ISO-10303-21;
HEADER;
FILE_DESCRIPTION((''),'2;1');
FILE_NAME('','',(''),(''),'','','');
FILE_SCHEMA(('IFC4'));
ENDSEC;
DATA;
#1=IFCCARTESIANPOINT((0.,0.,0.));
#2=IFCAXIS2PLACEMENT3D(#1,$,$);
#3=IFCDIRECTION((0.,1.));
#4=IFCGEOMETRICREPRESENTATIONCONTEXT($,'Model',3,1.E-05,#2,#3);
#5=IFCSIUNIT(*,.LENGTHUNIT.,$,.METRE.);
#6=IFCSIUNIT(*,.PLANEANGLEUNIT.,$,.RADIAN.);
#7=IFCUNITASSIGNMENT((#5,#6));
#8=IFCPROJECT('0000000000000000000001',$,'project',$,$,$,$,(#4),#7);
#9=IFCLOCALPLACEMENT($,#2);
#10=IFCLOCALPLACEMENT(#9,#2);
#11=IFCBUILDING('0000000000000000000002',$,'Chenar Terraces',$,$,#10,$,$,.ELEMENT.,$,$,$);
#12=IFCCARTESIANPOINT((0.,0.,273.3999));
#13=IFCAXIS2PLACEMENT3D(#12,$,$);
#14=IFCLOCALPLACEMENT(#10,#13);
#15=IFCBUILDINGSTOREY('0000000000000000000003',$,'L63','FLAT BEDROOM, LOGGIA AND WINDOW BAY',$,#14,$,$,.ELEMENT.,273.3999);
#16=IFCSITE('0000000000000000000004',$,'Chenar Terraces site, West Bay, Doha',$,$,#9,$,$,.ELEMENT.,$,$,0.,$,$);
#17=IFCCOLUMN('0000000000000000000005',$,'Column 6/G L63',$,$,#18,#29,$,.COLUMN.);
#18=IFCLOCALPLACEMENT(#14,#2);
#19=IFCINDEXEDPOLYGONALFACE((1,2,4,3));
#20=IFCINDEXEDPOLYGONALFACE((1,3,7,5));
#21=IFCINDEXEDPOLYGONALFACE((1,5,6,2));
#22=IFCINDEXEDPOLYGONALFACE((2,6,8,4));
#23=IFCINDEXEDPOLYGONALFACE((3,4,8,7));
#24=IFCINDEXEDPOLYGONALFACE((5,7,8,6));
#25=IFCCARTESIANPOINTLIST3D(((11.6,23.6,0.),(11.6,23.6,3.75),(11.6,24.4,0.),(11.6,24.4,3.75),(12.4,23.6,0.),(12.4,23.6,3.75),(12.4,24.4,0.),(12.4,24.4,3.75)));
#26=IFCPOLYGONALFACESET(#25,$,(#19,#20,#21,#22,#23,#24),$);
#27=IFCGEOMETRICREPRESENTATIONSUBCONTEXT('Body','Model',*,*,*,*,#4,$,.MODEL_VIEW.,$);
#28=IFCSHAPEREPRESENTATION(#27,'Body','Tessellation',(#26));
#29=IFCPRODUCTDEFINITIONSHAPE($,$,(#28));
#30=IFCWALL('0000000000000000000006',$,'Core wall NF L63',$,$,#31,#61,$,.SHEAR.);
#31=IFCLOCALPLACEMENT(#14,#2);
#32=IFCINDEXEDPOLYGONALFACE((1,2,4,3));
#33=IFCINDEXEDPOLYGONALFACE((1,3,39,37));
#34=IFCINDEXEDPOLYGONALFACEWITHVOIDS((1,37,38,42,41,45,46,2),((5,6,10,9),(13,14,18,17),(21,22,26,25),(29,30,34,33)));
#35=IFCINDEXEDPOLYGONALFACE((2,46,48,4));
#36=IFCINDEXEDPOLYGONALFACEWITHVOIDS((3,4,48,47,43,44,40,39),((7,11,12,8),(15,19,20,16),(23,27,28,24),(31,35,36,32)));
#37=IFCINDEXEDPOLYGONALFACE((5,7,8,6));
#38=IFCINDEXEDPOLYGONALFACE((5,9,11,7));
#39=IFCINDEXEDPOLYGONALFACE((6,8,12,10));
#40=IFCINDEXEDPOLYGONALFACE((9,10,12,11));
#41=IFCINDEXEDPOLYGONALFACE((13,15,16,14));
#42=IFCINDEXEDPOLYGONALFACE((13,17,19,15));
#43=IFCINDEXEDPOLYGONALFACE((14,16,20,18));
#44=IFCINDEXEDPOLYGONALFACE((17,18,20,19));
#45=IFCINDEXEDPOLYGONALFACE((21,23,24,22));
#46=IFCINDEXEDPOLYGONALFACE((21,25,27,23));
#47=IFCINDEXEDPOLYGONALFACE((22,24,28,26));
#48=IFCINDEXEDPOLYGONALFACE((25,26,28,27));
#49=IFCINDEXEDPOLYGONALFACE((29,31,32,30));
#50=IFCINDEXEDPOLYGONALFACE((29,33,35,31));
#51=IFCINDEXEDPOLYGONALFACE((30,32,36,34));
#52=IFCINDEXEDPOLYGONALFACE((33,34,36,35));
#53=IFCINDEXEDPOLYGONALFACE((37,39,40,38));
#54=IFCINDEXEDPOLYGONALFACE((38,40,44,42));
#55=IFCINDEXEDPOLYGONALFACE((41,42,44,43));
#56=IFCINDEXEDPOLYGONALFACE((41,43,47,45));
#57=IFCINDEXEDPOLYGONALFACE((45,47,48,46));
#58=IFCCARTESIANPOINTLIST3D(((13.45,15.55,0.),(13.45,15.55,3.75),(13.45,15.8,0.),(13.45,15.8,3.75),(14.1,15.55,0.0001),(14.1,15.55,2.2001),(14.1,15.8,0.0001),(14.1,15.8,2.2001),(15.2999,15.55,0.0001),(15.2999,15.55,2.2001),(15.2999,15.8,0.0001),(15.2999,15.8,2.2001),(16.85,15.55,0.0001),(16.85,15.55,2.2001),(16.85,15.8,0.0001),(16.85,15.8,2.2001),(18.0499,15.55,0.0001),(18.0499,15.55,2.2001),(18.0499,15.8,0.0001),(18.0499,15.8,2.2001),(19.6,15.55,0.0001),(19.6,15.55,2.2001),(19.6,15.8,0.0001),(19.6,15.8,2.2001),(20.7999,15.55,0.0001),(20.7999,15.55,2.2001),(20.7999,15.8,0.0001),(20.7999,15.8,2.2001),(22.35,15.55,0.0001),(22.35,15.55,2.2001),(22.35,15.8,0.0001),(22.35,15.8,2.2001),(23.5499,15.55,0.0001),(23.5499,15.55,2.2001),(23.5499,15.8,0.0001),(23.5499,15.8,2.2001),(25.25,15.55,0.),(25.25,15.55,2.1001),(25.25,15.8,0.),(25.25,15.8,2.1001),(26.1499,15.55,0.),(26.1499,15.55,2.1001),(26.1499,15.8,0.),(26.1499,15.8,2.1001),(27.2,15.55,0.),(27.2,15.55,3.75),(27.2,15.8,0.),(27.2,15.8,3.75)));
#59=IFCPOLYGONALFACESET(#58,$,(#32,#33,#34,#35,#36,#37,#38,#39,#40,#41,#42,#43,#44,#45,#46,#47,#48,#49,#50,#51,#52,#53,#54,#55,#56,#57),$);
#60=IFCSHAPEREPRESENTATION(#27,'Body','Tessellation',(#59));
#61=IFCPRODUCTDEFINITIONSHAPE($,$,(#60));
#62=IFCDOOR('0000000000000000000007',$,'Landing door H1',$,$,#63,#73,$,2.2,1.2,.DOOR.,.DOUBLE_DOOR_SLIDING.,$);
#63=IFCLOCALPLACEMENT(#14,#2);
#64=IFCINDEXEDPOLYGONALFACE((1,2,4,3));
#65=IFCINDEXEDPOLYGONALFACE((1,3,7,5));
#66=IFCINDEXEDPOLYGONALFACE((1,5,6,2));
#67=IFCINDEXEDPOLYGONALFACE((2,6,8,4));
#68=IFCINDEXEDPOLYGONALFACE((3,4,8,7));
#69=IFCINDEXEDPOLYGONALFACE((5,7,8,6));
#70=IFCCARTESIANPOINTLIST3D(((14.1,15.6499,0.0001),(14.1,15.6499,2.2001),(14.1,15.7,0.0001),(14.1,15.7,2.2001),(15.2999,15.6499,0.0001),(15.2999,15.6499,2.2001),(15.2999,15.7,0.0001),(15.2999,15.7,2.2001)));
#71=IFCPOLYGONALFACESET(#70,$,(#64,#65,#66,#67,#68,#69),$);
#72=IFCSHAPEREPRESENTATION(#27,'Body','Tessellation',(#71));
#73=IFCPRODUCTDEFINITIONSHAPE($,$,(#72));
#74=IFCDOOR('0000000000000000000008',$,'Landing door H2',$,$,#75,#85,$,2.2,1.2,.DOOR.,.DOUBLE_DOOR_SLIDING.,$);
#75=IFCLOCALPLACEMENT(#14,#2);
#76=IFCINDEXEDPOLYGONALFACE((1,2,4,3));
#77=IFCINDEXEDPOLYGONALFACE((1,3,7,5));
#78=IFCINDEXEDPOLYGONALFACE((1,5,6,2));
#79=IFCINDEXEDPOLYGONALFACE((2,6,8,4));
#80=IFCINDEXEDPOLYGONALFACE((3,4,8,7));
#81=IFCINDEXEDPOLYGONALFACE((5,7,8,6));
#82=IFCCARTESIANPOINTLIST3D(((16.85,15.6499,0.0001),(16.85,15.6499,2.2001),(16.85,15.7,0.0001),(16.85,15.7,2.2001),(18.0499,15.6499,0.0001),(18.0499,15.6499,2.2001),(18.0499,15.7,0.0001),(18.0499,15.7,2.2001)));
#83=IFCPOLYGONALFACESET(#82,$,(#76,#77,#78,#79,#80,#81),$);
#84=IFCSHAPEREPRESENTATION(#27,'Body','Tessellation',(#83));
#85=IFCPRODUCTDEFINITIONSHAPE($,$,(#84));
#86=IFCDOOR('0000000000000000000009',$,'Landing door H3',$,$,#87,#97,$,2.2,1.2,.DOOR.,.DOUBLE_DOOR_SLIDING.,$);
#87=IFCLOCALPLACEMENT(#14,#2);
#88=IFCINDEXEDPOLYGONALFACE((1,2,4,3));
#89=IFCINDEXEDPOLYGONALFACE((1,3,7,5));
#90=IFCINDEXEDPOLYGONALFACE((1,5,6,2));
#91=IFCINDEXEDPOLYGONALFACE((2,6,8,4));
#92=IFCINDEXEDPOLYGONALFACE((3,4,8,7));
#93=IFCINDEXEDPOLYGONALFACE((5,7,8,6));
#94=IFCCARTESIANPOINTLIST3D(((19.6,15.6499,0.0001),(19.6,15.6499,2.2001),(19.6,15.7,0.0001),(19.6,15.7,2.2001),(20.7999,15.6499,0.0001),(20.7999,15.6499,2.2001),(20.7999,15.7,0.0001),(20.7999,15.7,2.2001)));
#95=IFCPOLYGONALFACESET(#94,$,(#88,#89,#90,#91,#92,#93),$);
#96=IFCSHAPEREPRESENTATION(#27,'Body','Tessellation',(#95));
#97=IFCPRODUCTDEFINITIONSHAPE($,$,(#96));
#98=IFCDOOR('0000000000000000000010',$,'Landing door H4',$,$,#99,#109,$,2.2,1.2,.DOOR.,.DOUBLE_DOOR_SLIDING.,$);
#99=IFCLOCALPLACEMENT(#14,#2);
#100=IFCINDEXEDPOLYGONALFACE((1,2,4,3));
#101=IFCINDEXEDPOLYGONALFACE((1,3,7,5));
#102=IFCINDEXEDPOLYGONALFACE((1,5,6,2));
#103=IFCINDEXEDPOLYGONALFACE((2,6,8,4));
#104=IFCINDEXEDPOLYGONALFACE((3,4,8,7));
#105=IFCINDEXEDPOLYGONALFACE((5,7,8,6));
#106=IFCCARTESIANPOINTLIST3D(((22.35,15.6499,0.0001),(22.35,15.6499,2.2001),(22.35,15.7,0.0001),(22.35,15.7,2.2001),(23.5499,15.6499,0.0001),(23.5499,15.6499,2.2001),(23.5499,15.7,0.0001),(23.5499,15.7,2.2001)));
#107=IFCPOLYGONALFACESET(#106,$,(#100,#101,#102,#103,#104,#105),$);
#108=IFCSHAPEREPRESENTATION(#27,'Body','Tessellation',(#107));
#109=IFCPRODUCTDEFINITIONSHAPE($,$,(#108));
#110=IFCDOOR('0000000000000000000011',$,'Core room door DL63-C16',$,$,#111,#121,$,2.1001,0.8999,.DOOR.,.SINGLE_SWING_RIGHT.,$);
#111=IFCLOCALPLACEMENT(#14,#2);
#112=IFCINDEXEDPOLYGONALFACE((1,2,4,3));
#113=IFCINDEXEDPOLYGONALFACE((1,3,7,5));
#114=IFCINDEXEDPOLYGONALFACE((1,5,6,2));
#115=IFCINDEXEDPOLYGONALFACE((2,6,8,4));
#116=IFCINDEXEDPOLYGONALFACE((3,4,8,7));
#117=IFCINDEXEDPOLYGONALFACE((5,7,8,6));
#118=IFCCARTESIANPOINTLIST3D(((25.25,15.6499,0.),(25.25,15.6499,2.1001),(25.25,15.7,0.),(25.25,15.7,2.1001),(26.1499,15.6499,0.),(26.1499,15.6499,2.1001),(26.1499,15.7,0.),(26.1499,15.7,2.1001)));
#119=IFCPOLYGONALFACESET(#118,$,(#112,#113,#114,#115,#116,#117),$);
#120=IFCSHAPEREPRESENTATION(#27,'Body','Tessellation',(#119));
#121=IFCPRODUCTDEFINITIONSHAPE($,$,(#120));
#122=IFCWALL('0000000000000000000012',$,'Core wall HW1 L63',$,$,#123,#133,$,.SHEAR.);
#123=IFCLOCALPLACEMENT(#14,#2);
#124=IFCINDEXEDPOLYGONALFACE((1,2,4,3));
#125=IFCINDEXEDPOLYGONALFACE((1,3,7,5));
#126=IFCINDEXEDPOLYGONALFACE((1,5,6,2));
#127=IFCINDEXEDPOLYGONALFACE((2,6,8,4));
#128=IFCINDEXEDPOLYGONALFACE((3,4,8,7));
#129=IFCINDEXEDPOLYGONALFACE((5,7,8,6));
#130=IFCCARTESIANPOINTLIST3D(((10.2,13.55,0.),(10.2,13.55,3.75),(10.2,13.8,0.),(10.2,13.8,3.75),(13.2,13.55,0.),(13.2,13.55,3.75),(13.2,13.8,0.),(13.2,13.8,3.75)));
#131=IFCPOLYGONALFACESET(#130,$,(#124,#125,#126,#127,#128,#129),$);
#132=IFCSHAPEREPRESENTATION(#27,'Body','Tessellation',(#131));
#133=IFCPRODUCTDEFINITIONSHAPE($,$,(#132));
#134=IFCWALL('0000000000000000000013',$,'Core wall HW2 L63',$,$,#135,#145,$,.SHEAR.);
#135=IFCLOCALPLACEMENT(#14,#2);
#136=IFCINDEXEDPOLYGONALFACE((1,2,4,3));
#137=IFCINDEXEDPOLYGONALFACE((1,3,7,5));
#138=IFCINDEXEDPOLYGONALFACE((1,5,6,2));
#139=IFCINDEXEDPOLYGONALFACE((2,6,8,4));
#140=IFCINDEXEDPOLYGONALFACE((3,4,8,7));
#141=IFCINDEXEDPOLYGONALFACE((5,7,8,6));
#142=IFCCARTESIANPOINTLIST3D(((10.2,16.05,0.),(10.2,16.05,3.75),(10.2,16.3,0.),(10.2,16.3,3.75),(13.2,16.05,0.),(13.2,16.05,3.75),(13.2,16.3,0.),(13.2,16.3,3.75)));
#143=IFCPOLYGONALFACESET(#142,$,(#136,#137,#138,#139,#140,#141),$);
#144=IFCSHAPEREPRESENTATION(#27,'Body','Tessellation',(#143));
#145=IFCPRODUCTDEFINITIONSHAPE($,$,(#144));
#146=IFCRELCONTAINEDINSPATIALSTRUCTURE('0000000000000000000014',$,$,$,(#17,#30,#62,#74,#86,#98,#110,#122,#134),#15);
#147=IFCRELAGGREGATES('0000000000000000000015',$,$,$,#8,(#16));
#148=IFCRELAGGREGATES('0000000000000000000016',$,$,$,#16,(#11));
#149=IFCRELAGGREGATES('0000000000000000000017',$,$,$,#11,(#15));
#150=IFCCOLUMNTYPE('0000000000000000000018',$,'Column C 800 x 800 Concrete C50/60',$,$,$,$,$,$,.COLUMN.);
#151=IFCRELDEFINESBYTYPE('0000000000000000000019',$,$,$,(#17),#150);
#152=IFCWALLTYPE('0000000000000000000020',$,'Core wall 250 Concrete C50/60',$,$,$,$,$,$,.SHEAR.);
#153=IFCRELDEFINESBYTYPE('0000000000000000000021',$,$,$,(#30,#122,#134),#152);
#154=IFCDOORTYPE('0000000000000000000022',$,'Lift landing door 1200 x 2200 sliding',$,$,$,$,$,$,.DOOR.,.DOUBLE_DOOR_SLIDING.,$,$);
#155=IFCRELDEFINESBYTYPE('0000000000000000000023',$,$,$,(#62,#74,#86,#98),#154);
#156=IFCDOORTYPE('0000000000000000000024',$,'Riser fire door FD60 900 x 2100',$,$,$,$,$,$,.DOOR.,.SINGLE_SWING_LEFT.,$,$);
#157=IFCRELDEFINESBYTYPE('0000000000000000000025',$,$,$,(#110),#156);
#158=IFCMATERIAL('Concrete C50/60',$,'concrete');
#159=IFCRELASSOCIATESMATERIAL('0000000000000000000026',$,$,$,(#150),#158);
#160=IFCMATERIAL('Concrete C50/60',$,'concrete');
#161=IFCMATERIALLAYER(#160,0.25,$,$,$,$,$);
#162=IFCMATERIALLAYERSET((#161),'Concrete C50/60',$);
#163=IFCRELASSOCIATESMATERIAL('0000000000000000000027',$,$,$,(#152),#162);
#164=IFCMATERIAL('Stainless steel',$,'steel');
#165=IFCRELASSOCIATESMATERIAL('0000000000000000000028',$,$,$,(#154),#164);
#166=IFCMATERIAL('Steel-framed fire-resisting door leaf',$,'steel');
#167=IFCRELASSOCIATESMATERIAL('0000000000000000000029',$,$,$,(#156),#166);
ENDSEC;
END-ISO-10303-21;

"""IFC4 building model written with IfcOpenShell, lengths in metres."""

from ifc_helpers import new_model, si_unit, direction, frame, frame_2d, origin, origin_2d, place, context, subcontext, project, spatial, rectangle, extrude, material, layer, layer_set, material_profile, profile_set, type_object, element, fill, save


model = new_model("IFC4")

# Units and contexts
model_context = context("Model", 3, precision=1e-05, world=origin(), true_north=direction((0.0, 1.0)))
body_context = subcontext(model_context, "Body", "Model", "MODEL_VIEW")
ifc_project = project(units=[si_unit("LENGTHUNIT", "METRE"), si_unit("PLANEANGLEUNIT", "RADIAN")], contexts=[model_context])

# Site, building, storey
site_placement = place(None, origin())
site = spatial("IfcSite", under=ifc_project, at=site_placement, Name="Chenar Terraces site, West Bay, Doha", CompositionType="ELEMENT", RefElevation=0.0)
building_placement = place(site_placement, origin())
building = spatial("IfcBuilding", under=site, at=building_placement, Name="Chenar Terraces", CompositionType="ELEMENT")
storey_placement = place(building_placement, frame((0.0, 0.0, 273.3999)))
storey = spatial("IfcBuildingStorey", under=building, at=storey_placement, Name="L63", Description="FLAT BEDROOM, LOGGIA AND WINDOW BAY", CompositionType="ELEMENT", Elevation=273.3999)

# Column
ifc_material_1 = material(Name="Concrete C50/60", Category="concrete")
ifc_material_profile = material_profile(ifc_material_1, rectangle(XDim=0.8, YDim=0.8, at=origin_2d()), Name="C 800 x 800")
ifc_profile_set = profile_set([ifc_material_profile], Name="Concrete C50/60")
column_type = type_object("IfcColumnType", Name="Column C 800 x 800 Concrete C50/60", PredefinedType="COLUMN", material=ifc_profile_set)
column_placement = place(storey_placement, frame((12.0, 24.0, 0.0), z_axis=(0.0, 0.0, 1.0), x_axis=(1.0, 0.0, 0.0)))
element("IfcColumn", 1, at=column_placement, inside=storey, type_object=column_type, Name="Column 6/G L63", PredefinedType="COLUMN", context=body_context, shape_type="SweptSolid", body=[
    extrude(rectangle(XDim=0.8, YDim=0.8, at=origin_2d()), origin(), (0.0, 0.0, 1.0), 3.75),
])

# Wall, openings, doors
ifc_material_2 = material(Name="Concrete C50/60", Category="concrete")
ifc_layer_1 = layer(ifc_material_2, 0.25)
ifc_layer_set_1 = layer_set([ifc_layer_1], Name="Concrete C50/60")
wall_type_1 = type_object("IfcWallType", Name="Core wall 250 Concrete C50/60", PredefinedType="SHEAR", material=ifc_layer_set_1)
wall_1_placement = place(storey_placement, frame((13.45, 15.675, 0.0), z_axis=(0.0, 0.0, 1.0), x_axis=(1.0, 0.0, 0.0)))
wall_1 = element("IfcWall", 2, at=wall_1_placement, inside=storey, type_object=wall_type_1, Name="Core wall NF L63", PredefinedType="SHEAR", context=body_context, shape_type="SweptSolid", body=[
    extrude(rectangle(XDim=13.75, YDim=0.25, at=frame_2d((6.875, 0.0))), origin(), (0.0, 0.0, 1.0), 3.75),
])
opening_1_placement = place(wall_1_placement, frame((0.6499, 0.0, 0.0)))
opening_1 = element("IfcOpeningElement", 3, at=opening_1_placement, cuts=wall_1, PredefinedType="OPENING", context=body_context, shape_type="SweptSolid", body=[
    extrude(rectangle(XDim=1.2, YDim=2.2, at=frame_2d((0.6001, 1.1001))), frame((0.0, 0.135, 0.0), z_axis=(0.0, -1.0, 0.0), x_axis=(1.0, 0.0, 0.0)), (0.0, 0.0, 1.0), 0.27),
])
opening_2_placement = place(wall_1_placement, frame((3.3999, 0.0, 0.0)))
opening_2 = element("IfcOpeningElement", 4, at=opening_2_placement, cuts=wall_1, PredefinedType="OPENING", context=body_context, shape_type="SweptSolid", body=[
    extrude(rectangle(XDim=1.2, YDim=2.2, at=frame_2d((0.6001, 1.1001))), frame((0.0, 0.135, 0.0), z_axis=(0.0, -1.0, 0.0), x_axis=(1.0, 0.0, 0.0)), (0.0, 0.0, 1.0), 0.27),
])
opening_3_placement = place(wall_1_placement, frame((6.1499, 0.0, 0.0)))
opening_3 = element("IfcOpeningElement", 5, at=opening_3_placement, cuts=wall_1, PredefinedType="OPENING", context=body_context, shape_type="SweptSolid", body=[
    extrude(rectangle(XDim=1.2, YDim=2.2, at=frame_2d((0.6001, 1.1001))), frame((0.0, 0.135, 0.0), z_axis=(0.0, -1.0, 0.0), x_axis=(1.0, 0.0, 0.0)), (0.0, 0.0, 1.0), 0.27),
])
opening_4_placement = place(wall_1_placement, frame((8.8999, 0.0, 0.0)))
opening_4 = element("IfcOpeningElement", 6, at=opening_4_placement, cuts=wall_1, PredefinedType="OPENING", context=body_context, shape_type="SweptSolid", body=[
    extrude(rectangle(XDim=1.2, YDim=2.2, at=frame_2d((0.6001, 1.1001))), frame((0.0, 0.135, 0.0), z_axis=(0.0, -1.0, 0.0), x_axis=(1.0, 0.0, 0.0)), (0.0, 0.0, 1.0), 0.27),
])
opening_5_placement = place(wall_1_placement, frame((11.8, 0.0, 0.0)))
opening_5 = element("IfcOpeningElement", 7, at=opening_5_placement, cuts=wall_1, PredefinedType="OPENING", context=body_context, shape_type="SweptSolid", body=[
    extrude(rectangle(XDim=0.8999, YDim=2.1001, at=frame_2d((0.45, 1.05))), frame((0.0, 0.135, 0.0), z_axis=(0.0, -1.0, 0.0), x_axis=(1.0, 0.0, 0.0)), (0.0, 0.0, 1.0), 0.27),
])
ifc_material_3 = material(Name="Stainless steel", Category="steel")
door_type_1 = type_object("IfcDoorType", Name="Lift landing door 1200 x 2200 sliding", OperationType="DOUBLE_DOOR_SLIDING", PredefinedType="DOOR", material=ifc_material_3)
door_1_placement = place(opening_1_placement, origin())
door_1 = element("IfcDoor", 8, at=door_1_placement, inside=storey, type_object=door_type_1, Name="Landing door H1", OperationType="DOUBLE_DOOR_SLIDING", OverallHeight=2.2, OverallWidth=1.2, PredefinedType="DOOR", context=body_context, shape_type="SweptSolid", body=[
    extrude(rectangle(XDim=1.2, YDim=2.2, at=frame_2d((0.6001, 1.1001))), frame((0.0, 0.0249, 0.0), z_axis=(0.0, -1.0, 0.0), x_axis=(1.0, 0.0, 0.0)), (0.0, 0.0, 1.0), 0.05),
])
fill(opening_1, door_1)
door_2_placement = place(opening_2_placement, origin())
door_2 = element("IfcDoor", 9, at=door_2_placement, inside=storey, type_object=door_type_1, Name="Landing door H2", OperationType="DOUBLE_DOOR_SLIDING", OverallHeight=2.2, OverallWidth=1.2, PredefinedType="DOOR", context=body_context, shape_type="SweptSolid", body=[
    extrude(rectangle(XDim=1.2, YDim=2.2, at=frame_2d((0.6001, 1.1001))), frame((0.0, 0.0249, 0.0), z_axis=(0.0, -1.0, 0.0), x_axis=(1.0, 0.0, 0.0)), (0.0, 0.0, 1.0), 0.05),
])
fill(opening_2, door_2)
door_3_placement = place(opening_3_placement, origin())
door_3 = element("IfcDoor", 10, at=door_3_placement, inside=storey, type_object=door_type_1, Name="Landing door H3", OperationType="DOUBLE_DOOR_SLIDING", OverallHeight=2.2, OverallWidth=1.2, PredefinedType="DOOR", context=body_context, shape_type="SweptSolid", body=[
    extrude(rectangle(XDim=1.2, YDim=2.2, at=frame_2d((0.6001, 1.1001))), frame((0.0, 0.0249, 0.0), z_axis=(0.0, -1.0, 0.0), x_axis=(1.0, 0.0, 0.0)), (0.0, 0.0, 1.0), 0.05),
])
fill(opening_3, door_3)
door_4_placement = place(opening_4_placement, origin())
door_4 = element("IfcDoor", 11, at=door_4_placement, inside=storey, type_object=door_type_1, Name="Landing door H4", OperationType="DOUBLE_DOOR_SLIDING", OverallHeight=2.2, OverallWidth=1.2, PredefinedType="DOOR", context=body_context, shape_type="SweptSolid", body=[
    extrude(rectangle(XDim=1.2, YDim=2.2, at=frame_2d((0.6001, 1.1001))), frame((0.0, 0.0249, 0.0), z_axis=(0.0, -1.0, 0.0), x_axis=(1.0, 0.0, 0.0)), (0.0, 0.0, 1.0), 0.05),
])
fill(opening_4, door_4)
ifc_material_4 = material(Name="Steel-framed fire-resisting door leaf", Category="steel")
door_type_2 = type_object("IfcDoorType", Name="Riser fire door FD60 900 x 2100", OperationType="SINGLE_SWING_LEFT", PredefinedType="DOOR", material=ifc_material_4)
door_5_placement = place(opening_5_placement, origin())
door_5 = element("IfcDoor", 12, at=door_5_placement, inside=storey, type_object=door_type_2, Name="Core room door DL63-C16", OperationType="SINGLE_SWING_RIGHT", OverallHeight=2.1001, OverallWidth=0.8999, PredefinedType="DOOR", context=body_context, shape_type="SweptSolid", body=[
    extrude(rectangle(XDim=0.8999, YDim=2.1001, at=frame_2d((0.45, 1.05))), frame((0.0, 0.0249, 0.0), z_axis=(0.0, -1.0, 0.0), x_axis=(1.0, 0.0, 0.0)), (0.0, 0.0, 1.0), 0.05),
])
fill(opening_5, door_5)

# Walls
for number, where, z_axis, x_axis, name in (
    (13, (10.2, 13.675, 0.0), (0.0, 0.0, 1.0), (1.0, 0.0, 0.0), "Core wall HW1 L63"),
    (14, (10.2, 16.175, 0.0), (0.0, 0.0, 1.0), (1.0, 0.0, 0.0), "Core wall HW2 L63"),
):
    element("IfcWall", number, at=place(storey_placement, frame(where, z_axis=z_axis, x_axis=x_axis)), inside=storey, type_object=wall_type_1, Name=name, PredefinedType="SHEAR", context=body_context, shape_type="SweptSolid", body=[
        extrude(rectangle(XDim=3.0, YDim=0.25, at=frame_2d((1.5, 0.0))), origin(), (0.0, 0.0, 1.0), 3.75),
    ])

save(model, "model.ifc")
